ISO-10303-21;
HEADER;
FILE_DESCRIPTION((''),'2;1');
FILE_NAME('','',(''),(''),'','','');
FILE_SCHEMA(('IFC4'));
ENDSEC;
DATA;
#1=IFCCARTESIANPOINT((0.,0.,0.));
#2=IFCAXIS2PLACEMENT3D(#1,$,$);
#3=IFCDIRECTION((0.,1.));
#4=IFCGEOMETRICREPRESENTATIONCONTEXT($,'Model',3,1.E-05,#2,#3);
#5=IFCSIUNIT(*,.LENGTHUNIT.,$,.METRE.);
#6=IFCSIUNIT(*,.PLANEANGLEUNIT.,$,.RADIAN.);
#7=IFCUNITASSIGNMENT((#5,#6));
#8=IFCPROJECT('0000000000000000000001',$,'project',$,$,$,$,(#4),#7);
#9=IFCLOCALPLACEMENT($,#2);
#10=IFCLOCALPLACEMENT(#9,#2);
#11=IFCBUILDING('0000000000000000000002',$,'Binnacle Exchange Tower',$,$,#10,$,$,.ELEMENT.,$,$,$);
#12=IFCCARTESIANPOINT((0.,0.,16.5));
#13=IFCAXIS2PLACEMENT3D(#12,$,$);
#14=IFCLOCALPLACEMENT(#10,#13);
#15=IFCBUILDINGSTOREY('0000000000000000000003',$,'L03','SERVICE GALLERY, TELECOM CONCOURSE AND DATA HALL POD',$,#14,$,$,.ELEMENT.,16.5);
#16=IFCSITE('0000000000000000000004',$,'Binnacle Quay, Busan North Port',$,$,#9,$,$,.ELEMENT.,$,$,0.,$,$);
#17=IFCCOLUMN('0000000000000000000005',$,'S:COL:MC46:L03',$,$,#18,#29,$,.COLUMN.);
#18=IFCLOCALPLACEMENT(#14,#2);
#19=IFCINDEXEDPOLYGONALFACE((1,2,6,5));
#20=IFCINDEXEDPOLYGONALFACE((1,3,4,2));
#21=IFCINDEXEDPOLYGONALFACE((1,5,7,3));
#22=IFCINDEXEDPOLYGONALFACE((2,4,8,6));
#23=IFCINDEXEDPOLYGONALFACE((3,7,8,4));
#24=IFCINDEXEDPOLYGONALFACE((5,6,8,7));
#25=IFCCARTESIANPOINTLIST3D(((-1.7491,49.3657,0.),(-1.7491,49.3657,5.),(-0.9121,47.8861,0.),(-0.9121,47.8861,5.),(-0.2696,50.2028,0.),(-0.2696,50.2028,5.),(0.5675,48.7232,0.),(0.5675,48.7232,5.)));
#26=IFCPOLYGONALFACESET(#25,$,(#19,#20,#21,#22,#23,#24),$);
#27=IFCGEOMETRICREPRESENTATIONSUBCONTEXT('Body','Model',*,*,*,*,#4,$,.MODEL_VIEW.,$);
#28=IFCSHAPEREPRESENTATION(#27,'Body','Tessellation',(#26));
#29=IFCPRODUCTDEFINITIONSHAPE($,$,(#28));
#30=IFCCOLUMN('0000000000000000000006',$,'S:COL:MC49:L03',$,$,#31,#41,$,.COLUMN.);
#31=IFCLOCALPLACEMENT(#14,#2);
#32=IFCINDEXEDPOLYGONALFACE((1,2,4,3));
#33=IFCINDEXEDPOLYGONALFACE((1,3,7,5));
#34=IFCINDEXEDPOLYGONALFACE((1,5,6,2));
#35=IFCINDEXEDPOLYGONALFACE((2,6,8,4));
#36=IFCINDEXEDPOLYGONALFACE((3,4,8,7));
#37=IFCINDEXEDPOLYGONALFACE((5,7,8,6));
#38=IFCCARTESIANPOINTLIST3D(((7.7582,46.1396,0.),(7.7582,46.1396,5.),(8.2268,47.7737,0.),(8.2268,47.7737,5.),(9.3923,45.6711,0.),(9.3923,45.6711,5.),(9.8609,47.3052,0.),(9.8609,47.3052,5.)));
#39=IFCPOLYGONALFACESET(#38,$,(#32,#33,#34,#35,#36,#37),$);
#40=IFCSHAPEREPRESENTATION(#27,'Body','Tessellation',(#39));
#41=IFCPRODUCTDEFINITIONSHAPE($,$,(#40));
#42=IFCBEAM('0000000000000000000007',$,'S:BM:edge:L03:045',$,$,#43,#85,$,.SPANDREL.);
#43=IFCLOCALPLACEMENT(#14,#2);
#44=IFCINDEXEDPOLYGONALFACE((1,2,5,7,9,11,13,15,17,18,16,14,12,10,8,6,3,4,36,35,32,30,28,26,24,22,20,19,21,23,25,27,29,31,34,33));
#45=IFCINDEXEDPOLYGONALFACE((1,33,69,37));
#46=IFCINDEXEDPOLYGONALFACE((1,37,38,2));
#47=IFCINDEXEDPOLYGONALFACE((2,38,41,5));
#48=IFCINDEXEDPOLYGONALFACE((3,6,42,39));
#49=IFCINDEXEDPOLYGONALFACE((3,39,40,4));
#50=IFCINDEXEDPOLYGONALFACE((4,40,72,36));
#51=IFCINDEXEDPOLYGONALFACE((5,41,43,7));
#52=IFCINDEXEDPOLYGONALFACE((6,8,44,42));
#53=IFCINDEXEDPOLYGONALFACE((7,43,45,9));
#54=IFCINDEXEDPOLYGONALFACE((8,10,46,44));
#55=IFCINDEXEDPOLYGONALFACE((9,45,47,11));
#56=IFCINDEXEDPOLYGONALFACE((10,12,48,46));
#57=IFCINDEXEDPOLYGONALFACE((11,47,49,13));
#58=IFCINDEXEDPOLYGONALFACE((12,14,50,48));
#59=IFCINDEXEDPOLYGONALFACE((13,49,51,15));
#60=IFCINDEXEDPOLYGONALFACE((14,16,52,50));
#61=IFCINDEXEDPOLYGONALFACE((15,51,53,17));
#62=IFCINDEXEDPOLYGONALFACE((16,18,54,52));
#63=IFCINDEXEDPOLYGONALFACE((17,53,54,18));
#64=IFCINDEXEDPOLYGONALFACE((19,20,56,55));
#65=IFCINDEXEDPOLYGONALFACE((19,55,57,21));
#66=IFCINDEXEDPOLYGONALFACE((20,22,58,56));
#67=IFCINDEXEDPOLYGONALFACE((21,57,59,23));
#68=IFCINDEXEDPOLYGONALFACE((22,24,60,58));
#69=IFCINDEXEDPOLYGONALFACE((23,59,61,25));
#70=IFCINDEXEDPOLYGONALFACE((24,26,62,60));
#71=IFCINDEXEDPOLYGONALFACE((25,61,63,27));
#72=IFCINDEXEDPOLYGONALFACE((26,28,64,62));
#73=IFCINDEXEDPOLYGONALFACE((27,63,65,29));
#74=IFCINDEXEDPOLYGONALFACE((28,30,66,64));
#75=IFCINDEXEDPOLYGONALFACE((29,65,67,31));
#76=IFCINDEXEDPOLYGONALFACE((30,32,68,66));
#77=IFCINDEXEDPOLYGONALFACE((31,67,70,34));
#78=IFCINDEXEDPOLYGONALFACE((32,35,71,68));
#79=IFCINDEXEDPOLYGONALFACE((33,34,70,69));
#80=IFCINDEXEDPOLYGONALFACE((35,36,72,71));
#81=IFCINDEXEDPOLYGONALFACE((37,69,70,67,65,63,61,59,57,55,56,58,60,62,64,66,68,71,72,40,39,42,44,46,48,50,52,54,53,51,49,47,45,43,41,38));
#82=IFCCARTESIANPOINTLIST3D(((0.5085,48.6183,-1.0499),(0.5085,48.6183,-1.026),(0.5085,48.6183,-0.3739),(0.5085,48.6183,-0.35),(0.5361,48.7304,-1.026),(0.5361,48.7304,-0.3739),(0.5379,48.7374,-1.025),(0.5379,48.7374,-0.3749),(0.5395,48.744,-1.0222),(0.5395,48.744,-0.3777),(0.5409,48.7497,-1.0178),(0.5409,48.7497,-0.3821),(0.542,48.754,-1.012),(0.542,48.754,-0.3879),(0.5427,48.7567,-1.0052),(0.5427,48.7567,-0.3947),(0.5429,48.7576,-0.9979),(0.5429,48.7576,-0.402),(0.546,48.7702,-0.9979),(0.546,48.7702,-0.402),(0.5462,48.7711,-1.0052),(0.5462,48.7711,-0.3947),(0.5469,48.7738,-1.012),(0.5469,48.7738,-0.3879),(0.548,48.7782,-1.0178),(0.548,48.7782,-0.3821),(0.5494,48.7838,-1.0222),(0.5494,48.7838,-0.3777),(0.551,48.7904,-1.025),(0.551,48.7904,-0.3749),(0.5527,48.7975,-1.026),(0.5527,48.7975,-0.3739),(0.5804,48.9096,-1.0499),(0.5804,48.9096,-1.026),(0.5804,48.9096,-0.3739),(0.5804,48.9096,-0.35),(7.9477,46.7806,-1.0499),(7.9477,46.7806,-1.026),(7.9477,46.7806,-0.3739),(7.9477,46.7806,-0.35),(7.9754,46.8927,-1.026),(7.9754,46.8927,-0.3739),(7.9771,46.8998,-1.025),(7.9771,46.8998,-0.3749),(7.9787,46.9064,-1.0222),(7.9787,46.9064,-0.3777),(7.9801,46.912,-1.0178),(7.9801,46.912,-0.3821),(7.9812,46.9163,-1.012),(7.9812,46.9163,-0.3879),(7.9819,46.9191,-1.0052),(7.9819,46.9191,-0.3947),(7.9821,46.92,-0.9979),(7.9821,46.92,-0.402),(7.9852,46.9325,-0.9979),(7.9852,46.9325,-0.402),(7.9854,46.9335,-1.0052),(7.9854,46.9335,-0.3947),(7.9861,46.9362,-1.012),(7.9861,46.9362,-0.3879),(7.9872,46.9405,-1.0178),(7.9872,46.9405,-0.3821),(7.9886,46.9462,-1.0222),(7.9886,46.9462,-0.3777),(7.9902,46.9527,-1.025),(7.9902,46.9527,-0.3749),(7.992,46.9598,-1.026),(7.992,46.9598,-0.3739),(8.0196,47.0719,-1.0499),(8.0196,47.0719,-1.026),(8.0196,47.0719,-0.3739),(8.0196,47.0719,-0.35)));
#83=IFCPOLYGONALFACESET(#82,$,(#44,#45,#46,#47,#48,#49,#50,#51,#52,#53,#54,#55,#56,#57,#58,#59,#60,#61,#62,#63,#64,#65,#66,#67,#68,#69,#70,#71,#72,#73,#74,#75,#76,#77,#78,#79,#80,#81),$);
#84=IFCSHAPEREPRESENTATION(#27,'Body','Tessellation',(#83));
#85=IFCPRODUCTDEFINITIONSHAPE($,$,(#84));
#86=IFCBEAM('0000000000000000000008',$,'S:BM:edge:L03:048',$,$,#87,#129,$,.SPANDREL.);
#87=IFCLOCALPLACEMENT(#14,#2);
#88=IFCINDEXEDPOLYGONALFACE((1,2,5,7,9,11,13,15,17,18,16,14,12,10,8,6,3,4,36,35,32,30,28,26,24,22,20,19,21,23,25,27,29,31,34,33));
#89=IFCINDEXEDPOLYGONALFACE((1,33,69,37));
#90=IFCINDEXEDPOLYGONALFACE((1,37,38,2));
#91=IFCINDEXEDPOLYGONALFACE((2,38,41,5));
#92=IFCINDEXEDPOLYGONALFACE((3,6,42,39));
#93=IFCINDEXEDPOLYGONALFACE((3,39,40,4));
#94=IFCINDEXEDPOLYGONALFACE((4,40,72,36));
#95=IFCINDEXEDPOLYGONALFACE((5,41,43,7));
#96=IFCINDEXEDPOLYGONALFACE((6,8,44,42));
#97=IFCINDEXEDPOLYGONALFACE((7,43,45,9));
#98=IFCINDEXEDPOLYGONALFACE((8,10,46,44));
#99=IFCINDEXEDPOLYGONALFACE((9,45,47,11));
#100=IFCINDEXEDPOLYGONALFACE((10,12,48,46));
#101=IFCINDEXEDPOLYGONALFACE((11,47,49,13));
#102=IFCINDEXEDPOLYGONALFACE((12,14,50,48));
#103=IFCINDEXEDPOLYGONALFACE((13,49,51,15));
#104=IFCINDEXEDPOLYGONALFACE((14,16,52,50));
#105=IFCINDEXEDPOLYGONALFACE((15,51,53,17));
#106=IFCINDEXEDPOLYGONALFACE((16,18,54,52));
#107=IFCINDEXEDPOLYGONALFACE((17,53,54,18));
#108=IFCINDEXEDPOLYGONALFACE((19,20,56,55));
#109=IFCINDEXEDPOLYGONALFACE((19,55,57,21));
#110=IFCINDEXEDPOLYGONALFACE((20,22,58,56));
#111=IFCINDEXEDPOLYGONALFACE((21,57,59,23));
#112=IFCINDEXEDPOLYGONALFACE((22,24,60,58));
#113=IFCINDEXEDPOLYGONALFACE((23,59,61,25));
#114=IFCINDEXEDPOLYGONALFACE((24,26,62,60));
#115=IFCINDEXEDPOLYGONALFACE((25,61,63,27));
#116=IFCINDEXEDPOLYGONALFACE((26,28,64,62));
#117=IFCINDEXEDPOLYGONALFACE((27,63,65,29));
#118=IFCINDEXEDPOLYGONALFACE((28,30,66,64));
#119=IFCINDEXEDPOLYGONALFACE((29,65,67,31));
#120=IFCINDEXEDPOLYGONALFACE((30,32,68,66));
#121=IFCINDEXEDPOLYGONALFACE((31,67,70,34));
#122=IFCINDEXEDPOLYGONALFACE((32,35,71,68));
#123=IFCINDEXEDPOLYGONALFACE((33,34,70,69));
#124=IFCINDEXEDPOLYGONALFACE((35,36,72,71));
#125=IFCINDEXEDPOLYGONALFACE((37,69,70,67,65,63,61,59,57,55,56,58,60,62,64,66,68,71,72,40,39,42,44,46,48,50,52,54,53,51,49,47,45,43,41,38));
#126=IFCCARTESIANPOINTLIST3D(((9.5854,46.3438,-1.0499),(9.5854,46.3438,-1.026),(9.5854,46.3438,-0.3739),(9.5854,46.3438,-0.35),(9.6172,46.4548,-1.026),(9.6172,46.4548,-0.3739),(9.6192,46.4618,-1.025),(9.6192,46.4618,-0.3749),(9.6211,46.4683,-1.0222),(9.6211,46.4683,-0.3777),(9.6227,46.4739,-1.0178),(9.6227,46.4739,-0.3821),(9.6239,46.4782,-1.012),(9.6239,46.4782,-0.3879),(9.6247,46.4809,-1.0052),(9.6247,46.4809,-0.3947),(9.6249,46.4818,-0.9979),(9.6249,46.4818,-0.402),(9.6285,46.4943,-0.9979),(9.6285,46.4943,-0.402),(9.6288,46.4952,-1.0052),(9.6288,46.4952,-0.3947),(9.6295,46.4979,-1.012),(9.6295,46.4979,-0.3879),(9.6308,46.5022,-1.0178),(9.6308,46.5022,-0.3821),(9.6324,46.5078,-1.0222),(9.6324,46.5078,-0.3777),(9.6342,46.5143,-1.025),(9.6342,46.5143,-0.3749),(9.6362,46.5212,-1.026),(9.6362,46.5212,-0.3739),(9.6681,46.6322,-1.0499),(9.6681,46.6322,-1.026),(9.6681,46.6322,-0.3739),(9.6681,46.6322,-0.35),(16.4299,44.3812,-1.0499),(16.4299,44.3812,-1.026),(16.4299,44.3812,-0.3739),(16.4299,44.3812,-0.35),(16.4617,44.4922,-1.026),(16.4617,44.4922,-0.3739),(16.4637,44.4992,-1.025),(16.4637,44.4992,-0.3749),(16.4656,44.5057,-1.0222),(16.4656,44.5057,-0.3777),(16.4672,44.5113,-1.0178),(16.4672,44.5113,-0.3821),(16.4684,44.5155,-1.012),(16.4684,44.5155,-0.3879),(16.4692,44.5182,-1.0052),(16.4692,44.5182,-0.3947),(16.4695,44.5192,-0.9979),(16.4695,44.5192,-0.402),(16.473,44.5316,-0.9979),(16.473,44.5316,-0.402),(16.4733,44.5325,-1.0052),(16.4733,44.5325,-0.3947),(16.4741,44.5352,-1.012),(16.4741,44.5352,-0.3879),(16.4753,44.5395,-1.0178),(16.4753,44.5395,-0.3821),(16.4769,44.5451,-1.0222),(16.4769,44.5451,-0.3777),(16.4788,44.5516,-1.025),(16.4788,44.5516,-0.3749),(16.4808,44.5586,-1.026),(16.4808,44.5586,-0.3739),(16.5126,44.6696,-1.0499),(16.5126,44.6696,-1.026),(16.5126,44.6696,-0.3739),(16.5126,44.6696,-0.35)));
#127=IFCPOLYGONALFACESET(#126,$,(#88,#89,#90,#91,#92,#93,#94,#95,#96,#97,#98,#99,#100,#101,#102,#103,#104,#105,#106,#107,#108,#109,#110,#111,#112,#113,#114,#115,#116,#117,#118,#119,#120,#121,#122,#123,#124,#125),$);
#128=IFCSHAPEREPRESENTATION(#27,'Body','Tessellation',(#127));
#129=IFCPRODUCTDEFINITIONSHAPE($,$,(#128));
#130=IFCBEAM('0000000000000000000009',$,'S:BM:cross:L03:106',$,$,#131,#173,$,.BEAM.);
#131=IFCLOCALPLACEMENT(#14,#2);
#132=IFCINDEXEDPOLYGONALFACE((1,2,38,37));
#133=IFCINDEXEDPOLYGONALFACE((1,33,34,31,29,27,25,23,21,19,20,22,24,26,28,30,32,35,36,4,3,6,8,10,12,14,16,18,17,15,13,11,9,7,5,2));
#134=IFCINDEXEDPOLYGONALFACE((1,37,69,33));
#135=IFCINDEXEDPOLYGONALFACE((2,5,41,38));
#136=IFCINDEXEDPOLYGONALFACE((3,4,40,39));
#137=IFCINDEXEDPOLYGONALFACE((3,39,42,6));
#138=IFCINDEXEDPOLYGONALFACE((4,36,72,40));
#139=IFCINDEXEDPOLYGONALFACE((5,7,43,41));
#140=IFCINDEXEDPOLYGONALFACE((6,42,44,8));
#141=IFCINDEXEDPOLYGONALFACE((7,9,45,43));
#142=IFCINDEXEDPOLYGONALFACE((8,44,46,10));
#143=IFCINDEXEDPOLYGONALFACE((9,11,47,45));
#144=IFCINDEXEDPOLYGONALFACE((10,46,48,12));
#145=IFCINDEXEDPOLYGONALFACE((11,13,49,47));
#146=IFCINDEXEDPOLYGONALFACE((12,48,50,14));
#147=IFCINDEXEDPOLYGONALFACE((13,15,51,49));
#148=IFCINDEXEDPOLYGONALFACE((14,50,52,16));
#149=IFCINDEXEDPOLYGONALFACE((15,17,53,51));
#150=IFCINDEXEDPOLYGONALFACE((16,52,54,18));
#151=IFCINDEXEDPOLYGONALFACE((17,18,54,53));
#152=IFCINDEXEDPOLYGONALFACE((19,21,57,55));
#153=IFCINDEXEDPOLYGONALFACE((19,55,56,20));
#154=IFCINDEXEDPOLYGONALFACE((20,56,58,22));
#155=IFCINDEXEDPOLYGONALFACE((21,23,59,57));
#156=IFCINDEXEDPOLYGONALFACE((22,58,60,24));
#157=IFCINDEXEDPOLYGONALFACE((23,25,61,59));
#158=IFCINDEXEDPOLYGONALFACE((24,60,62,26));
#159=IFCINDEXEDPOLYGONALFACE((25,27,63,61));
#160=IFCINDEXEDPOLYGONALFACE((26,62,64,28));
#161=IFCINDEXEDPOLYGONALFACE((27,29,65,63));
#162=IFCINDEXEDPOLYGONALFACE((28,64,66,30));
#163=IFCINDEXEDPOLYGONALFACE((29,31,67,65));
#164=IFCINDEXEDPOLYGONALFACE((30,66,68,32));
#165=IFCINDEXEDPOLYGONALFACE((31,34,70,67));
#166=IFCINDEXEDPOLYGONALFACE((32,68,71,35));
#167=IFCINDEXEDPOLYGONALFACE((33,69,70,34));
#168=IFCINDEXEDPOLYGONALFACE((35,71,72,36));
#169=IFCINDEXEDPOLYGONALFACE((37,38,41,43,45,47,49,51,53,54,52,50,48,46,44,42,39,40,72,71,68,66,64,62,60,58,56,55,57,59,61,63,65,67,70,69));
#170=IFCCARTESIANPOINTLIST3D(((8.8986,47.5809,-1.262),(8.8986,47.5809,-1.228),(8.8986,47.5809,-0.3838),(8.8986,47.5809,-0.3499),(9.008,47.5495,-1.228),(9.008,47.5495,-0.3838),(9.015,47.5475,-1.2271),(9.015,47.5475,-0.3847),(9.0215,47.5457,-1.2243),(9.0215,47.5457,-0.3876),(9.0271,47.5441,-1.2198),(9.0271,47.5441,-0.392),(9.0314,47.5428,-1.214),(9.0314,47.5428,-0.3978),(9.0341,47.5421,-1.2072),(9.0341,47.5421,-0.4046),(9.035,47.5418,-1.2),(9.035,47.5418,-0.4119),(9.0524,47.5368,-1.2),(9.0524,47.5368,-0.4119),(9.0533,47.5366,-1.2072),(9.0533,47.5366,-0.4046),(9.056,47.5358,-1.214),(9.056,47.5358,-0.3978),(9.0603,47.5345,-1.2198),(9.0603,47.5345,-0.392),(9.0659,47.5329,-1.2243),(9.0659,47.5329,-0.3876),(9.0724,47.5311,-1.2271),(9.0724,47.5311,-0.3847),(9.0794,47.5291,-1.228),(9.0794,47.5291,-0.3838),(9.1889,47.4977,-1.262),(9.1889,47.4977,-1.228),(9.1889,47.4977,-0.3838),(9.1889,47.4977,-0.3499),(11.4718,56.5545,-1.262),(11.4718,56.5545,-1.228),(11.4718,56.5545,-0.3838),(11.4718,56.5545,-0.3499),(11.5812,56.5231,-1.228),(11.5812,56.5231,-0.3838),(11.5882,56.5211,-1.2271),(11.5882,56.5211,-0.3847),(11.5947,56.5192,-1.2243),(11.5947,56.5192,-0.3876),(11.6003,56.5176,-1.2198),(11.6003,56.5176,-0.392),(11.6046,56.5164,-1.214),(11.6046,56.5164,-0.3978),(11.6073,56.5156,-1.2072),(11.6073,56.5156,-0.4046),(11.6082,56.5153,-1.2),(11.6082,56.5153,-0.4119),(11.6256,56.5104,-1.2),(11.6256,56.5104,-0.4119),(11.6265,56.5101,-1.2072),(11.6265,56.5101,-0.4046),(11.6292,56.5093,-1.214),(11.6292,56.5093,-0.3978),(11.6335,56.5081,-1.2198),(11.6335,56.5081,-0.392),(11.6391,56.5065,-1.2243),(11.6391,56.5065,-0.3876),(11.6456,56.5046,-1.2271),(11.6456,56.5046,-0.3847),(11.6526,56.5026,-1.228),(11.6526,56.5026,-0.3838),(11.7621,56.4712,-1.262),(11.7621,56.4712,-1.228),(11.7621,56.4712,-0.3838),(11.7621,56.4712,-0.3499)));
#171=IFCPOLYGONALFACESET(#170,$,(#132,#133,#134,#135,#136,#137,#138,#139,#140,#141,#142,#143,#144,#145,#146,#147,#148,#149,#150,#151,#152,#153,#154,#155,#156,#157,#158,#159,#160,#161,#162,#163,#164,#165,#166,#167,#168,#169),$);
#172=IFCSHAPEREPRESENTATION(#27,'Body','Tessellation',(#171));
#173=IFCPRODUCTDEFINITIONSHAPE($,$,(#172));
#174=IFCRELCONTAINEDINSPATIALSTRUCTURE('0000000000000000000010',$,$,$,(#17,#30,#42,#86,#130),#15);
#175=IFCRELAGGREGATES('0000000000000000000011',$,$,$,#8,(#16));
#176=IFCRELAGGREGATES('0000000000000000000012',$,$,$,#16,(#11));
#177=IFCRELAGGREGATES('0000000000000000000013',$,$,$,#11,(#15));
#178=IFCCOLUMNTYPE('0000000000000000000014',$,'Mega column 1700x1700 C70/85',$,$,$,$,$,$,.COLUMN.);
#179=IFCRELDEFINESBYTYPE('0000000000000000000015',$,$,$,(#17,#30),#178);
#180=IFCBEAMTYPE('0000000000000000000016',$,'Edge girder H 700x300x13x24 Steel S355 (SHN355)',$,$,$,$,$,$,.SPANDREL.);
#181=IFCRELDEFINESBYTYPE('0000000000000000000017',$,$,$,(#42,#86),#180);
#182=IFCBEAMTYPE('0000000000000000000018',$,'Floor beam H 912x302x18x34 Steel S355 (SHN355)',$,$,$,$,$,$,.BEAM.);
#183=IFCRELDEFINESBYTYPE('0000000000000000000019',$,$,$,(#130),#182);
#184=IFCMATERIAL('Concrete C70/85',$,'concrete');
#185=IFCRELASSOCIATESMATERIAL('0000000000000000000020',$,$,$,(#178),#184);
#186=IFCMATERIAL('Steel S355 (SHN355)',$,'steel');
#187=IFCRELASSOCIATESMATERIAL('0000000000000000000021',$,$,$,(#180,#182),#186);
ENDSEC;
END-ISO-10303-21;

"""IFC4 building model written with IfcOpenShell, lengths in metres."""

from ifc_helpers import new_model, si_unit, direction, frame, origin, origin_2d, place, context, subcontext, project, spatial, rectangle, i_section, extrude, material, material_profile, profile_set, type_object, element, save


model = new_model("IFC4")

# Units and contexts
model_context = context("Model", 3, precision=1e-05, world=origin(), true_north=direction((0.0, 1.0)))
body_context = subcontext(model_context, "Body", "Model", "MODEL_VIEW")
ifc_project = project(units=[si_unit("LENGTHUNIT", "METRE"), si_unit("PLANEANGLEUNIT", "RADIAN")], contexts=[model_context])

# Site, building, storey
site_placement = place(None, origin())
site = spatial("IfcSite", under=ifc_project, at=site_placement, Name="Binnacle Quay, Busan North Port", CompositionType="ELEMENT", RefElevation=0.0)
building_placement = place(site_placement, origin())
building = spatial("IfcBuilding", under=site, at=building_placement, Name="Binnacle Exchange Tower", CompositionType="ELEMENT")
storey_placement = place(building_placement, frame((0.0, 0.0, 16.5)))
storey = spatial("IfcBuildingStorey", under=building, at=storey_placement, Name="L03", Description="SERVICE GALLERY, TELECOM CONCOURSE AND DATA HALL POD", CompositionType="ELEMENT", Elevation=16.5)

# Columns
ifc_material_1 = material(Name="Concrete C70/85", Category="concrete")
ifc_material_profile_1 = material_profile(ifc_material_1, rectangle(XDim=1.7, YDim=1.7, at=origin_2d()), Name="Mega column 1700x1700 C70/85")
ifc_profile_set_1 = profile_set([ifc_material_profile_1], Name="Concrete C70/85")
column_type = type_object("IfcColumnType", Name="Mega column 1700x1700 C70/85", PredefinedType="COLUMN", material=ifc_profile_set_1)
for number, where, z_axis, x_axis, name in (
    (1, (-0.5908, 49.0444, 0.0), (0.0, 0.0, 1.0), (0.870356, 0.492424, 0.0), "S:COL:MC46:L03"),
    (2, (8.8096, 46.7224, 0.0), (0.0, 0.0, 1.0), (0.961262, -0.275637, 0.0), "S:COL:MC49:L03"),
):
    element("IfcColumn", number, at=place(storey_placement, frame(where, z_axis=z_axis, x_axis=x_axis)), inside=storey, type_object=column_type, Name=name, PredefinedType="COLUMN", context=body_context, shape_type="SweptSolid", body=[
        extrude(rectangle(XDim=1.7, YDim=1.7, at=origin_2d()), origin(), (0.0, 0.0, 1.0), 5.0),
    ])

# Beams
ifc_material_2 = material(Name="Steel S355 (SHN355)", Category="steel")
ifc_material_profile_2 = material_profile(ifc_material_2, i_section(OverallWidth=0.3, OverallDepth=0.7, WebThickness=0.0129, FlangeThickness=0.0239, FilletRadius=0.0281, at=origin_2d()), Name="H 700x300x13x24")
ifc_profile_set_2 = profile_set([ifc_material_profile_2], Name="Steel S355 (SHN355)")
beam_type_1 = type_object("IfcBeamType", Name="Edge girder H 700x300x13x24 Steel S355 (SHN355)", PredefinedType="SPANDREL", material=ifc_profile_set_2)
beam_1_placement = place(storey_placement, frame((0.5444, 48.7639, -0.7), z_axis=(0.970819, -0.239813, 0.0), x_axis=(0.239813, 0.970819, 0.0)))
element("IfcBeam", 3, at=beam_1_placement, inside=storey, type_object=beam_type_1, Name="S:BM:edge:L03:045", PredefinedType="SPANDREL", context=body_context, shape_type="SweptSolid", body=[
    extrude(i_section(OverallWidth=0.3, OverallDepth=0.7, WebThickness=0.0129, FlangeThickness=0.0239, FilletRadius=0.0281, at=origin_2d()), origin(), (0.0, 0.0, 1.0), 7.6628),
])
beam_2_placement = place(storey_placement, frame((9.6267, 46.488, -0.7), z_axis=(0.961261, -0.27564, 0.0), x_axis=(0.27564, 0.961261, 0.0)))
element("IfcBeam", 4, at=beam_2_placement, inside=storey, type_object=beam_type_1, Name="S:BM:edge:L03:048", PredefinedType="SPANDREL", context=body_context, shape_type="SweptSolid", body=[
    extrude(i_section(OverallWidth=0.3, OverallDepth=0.7, WebThickness=0.0129, FlangeThickness=0.0239, FilletRadius=0.0281, at=origin_2d()), origin(), (0.0, 0.0, 1.0), 7.1204),
])
ifc_material_profile_3 = material_profile(ifc_material_2, i_section(OverallWidth=0.302, OverallDepth=0.9121, WebThickness=0.0181, FlangeThickness=0.0339, FilletRadius=0.0281, at=origin_2d()), Name="H 912x302x18x34")
ifc_profile_set_3 = profile_set([ifc_material_profile_3], Name="Steel S355 (SHN355)")
beam_type_2 = type_object("IfcBeamType", Name="Floor beam H 912x302x18x34 Steel S355 (SHN355)", PredefinedType="BEAM", material=ifc_profile_set_3)
beam_3_placement = place(storey_placement, frame((9.0437, 47.5393, -0.8059), z_axis=(0.275647, 0.961259, 0.0), x_axis=(-0.961259, 0.275647, 0.0)))
element("IfcBeam", 5, at=beam_3_placement, inside=storey, type_object=beam_type_2, Name="S:BM:cross:L03:106", PredefinedType="BEAM", context=body_context, shape_type="SweptSolid", body=[
    extrude(i_section(OverallWidth=0.302, OverallDepth=0.9121, WebThickness=0.0181, FlangeThickness=0.0339, FilletRadius=0.0281, at=origin_2d()), origin(), (0.0, 0.0, 1.0), 9.3352),
])

save(model, "model.ifc")
